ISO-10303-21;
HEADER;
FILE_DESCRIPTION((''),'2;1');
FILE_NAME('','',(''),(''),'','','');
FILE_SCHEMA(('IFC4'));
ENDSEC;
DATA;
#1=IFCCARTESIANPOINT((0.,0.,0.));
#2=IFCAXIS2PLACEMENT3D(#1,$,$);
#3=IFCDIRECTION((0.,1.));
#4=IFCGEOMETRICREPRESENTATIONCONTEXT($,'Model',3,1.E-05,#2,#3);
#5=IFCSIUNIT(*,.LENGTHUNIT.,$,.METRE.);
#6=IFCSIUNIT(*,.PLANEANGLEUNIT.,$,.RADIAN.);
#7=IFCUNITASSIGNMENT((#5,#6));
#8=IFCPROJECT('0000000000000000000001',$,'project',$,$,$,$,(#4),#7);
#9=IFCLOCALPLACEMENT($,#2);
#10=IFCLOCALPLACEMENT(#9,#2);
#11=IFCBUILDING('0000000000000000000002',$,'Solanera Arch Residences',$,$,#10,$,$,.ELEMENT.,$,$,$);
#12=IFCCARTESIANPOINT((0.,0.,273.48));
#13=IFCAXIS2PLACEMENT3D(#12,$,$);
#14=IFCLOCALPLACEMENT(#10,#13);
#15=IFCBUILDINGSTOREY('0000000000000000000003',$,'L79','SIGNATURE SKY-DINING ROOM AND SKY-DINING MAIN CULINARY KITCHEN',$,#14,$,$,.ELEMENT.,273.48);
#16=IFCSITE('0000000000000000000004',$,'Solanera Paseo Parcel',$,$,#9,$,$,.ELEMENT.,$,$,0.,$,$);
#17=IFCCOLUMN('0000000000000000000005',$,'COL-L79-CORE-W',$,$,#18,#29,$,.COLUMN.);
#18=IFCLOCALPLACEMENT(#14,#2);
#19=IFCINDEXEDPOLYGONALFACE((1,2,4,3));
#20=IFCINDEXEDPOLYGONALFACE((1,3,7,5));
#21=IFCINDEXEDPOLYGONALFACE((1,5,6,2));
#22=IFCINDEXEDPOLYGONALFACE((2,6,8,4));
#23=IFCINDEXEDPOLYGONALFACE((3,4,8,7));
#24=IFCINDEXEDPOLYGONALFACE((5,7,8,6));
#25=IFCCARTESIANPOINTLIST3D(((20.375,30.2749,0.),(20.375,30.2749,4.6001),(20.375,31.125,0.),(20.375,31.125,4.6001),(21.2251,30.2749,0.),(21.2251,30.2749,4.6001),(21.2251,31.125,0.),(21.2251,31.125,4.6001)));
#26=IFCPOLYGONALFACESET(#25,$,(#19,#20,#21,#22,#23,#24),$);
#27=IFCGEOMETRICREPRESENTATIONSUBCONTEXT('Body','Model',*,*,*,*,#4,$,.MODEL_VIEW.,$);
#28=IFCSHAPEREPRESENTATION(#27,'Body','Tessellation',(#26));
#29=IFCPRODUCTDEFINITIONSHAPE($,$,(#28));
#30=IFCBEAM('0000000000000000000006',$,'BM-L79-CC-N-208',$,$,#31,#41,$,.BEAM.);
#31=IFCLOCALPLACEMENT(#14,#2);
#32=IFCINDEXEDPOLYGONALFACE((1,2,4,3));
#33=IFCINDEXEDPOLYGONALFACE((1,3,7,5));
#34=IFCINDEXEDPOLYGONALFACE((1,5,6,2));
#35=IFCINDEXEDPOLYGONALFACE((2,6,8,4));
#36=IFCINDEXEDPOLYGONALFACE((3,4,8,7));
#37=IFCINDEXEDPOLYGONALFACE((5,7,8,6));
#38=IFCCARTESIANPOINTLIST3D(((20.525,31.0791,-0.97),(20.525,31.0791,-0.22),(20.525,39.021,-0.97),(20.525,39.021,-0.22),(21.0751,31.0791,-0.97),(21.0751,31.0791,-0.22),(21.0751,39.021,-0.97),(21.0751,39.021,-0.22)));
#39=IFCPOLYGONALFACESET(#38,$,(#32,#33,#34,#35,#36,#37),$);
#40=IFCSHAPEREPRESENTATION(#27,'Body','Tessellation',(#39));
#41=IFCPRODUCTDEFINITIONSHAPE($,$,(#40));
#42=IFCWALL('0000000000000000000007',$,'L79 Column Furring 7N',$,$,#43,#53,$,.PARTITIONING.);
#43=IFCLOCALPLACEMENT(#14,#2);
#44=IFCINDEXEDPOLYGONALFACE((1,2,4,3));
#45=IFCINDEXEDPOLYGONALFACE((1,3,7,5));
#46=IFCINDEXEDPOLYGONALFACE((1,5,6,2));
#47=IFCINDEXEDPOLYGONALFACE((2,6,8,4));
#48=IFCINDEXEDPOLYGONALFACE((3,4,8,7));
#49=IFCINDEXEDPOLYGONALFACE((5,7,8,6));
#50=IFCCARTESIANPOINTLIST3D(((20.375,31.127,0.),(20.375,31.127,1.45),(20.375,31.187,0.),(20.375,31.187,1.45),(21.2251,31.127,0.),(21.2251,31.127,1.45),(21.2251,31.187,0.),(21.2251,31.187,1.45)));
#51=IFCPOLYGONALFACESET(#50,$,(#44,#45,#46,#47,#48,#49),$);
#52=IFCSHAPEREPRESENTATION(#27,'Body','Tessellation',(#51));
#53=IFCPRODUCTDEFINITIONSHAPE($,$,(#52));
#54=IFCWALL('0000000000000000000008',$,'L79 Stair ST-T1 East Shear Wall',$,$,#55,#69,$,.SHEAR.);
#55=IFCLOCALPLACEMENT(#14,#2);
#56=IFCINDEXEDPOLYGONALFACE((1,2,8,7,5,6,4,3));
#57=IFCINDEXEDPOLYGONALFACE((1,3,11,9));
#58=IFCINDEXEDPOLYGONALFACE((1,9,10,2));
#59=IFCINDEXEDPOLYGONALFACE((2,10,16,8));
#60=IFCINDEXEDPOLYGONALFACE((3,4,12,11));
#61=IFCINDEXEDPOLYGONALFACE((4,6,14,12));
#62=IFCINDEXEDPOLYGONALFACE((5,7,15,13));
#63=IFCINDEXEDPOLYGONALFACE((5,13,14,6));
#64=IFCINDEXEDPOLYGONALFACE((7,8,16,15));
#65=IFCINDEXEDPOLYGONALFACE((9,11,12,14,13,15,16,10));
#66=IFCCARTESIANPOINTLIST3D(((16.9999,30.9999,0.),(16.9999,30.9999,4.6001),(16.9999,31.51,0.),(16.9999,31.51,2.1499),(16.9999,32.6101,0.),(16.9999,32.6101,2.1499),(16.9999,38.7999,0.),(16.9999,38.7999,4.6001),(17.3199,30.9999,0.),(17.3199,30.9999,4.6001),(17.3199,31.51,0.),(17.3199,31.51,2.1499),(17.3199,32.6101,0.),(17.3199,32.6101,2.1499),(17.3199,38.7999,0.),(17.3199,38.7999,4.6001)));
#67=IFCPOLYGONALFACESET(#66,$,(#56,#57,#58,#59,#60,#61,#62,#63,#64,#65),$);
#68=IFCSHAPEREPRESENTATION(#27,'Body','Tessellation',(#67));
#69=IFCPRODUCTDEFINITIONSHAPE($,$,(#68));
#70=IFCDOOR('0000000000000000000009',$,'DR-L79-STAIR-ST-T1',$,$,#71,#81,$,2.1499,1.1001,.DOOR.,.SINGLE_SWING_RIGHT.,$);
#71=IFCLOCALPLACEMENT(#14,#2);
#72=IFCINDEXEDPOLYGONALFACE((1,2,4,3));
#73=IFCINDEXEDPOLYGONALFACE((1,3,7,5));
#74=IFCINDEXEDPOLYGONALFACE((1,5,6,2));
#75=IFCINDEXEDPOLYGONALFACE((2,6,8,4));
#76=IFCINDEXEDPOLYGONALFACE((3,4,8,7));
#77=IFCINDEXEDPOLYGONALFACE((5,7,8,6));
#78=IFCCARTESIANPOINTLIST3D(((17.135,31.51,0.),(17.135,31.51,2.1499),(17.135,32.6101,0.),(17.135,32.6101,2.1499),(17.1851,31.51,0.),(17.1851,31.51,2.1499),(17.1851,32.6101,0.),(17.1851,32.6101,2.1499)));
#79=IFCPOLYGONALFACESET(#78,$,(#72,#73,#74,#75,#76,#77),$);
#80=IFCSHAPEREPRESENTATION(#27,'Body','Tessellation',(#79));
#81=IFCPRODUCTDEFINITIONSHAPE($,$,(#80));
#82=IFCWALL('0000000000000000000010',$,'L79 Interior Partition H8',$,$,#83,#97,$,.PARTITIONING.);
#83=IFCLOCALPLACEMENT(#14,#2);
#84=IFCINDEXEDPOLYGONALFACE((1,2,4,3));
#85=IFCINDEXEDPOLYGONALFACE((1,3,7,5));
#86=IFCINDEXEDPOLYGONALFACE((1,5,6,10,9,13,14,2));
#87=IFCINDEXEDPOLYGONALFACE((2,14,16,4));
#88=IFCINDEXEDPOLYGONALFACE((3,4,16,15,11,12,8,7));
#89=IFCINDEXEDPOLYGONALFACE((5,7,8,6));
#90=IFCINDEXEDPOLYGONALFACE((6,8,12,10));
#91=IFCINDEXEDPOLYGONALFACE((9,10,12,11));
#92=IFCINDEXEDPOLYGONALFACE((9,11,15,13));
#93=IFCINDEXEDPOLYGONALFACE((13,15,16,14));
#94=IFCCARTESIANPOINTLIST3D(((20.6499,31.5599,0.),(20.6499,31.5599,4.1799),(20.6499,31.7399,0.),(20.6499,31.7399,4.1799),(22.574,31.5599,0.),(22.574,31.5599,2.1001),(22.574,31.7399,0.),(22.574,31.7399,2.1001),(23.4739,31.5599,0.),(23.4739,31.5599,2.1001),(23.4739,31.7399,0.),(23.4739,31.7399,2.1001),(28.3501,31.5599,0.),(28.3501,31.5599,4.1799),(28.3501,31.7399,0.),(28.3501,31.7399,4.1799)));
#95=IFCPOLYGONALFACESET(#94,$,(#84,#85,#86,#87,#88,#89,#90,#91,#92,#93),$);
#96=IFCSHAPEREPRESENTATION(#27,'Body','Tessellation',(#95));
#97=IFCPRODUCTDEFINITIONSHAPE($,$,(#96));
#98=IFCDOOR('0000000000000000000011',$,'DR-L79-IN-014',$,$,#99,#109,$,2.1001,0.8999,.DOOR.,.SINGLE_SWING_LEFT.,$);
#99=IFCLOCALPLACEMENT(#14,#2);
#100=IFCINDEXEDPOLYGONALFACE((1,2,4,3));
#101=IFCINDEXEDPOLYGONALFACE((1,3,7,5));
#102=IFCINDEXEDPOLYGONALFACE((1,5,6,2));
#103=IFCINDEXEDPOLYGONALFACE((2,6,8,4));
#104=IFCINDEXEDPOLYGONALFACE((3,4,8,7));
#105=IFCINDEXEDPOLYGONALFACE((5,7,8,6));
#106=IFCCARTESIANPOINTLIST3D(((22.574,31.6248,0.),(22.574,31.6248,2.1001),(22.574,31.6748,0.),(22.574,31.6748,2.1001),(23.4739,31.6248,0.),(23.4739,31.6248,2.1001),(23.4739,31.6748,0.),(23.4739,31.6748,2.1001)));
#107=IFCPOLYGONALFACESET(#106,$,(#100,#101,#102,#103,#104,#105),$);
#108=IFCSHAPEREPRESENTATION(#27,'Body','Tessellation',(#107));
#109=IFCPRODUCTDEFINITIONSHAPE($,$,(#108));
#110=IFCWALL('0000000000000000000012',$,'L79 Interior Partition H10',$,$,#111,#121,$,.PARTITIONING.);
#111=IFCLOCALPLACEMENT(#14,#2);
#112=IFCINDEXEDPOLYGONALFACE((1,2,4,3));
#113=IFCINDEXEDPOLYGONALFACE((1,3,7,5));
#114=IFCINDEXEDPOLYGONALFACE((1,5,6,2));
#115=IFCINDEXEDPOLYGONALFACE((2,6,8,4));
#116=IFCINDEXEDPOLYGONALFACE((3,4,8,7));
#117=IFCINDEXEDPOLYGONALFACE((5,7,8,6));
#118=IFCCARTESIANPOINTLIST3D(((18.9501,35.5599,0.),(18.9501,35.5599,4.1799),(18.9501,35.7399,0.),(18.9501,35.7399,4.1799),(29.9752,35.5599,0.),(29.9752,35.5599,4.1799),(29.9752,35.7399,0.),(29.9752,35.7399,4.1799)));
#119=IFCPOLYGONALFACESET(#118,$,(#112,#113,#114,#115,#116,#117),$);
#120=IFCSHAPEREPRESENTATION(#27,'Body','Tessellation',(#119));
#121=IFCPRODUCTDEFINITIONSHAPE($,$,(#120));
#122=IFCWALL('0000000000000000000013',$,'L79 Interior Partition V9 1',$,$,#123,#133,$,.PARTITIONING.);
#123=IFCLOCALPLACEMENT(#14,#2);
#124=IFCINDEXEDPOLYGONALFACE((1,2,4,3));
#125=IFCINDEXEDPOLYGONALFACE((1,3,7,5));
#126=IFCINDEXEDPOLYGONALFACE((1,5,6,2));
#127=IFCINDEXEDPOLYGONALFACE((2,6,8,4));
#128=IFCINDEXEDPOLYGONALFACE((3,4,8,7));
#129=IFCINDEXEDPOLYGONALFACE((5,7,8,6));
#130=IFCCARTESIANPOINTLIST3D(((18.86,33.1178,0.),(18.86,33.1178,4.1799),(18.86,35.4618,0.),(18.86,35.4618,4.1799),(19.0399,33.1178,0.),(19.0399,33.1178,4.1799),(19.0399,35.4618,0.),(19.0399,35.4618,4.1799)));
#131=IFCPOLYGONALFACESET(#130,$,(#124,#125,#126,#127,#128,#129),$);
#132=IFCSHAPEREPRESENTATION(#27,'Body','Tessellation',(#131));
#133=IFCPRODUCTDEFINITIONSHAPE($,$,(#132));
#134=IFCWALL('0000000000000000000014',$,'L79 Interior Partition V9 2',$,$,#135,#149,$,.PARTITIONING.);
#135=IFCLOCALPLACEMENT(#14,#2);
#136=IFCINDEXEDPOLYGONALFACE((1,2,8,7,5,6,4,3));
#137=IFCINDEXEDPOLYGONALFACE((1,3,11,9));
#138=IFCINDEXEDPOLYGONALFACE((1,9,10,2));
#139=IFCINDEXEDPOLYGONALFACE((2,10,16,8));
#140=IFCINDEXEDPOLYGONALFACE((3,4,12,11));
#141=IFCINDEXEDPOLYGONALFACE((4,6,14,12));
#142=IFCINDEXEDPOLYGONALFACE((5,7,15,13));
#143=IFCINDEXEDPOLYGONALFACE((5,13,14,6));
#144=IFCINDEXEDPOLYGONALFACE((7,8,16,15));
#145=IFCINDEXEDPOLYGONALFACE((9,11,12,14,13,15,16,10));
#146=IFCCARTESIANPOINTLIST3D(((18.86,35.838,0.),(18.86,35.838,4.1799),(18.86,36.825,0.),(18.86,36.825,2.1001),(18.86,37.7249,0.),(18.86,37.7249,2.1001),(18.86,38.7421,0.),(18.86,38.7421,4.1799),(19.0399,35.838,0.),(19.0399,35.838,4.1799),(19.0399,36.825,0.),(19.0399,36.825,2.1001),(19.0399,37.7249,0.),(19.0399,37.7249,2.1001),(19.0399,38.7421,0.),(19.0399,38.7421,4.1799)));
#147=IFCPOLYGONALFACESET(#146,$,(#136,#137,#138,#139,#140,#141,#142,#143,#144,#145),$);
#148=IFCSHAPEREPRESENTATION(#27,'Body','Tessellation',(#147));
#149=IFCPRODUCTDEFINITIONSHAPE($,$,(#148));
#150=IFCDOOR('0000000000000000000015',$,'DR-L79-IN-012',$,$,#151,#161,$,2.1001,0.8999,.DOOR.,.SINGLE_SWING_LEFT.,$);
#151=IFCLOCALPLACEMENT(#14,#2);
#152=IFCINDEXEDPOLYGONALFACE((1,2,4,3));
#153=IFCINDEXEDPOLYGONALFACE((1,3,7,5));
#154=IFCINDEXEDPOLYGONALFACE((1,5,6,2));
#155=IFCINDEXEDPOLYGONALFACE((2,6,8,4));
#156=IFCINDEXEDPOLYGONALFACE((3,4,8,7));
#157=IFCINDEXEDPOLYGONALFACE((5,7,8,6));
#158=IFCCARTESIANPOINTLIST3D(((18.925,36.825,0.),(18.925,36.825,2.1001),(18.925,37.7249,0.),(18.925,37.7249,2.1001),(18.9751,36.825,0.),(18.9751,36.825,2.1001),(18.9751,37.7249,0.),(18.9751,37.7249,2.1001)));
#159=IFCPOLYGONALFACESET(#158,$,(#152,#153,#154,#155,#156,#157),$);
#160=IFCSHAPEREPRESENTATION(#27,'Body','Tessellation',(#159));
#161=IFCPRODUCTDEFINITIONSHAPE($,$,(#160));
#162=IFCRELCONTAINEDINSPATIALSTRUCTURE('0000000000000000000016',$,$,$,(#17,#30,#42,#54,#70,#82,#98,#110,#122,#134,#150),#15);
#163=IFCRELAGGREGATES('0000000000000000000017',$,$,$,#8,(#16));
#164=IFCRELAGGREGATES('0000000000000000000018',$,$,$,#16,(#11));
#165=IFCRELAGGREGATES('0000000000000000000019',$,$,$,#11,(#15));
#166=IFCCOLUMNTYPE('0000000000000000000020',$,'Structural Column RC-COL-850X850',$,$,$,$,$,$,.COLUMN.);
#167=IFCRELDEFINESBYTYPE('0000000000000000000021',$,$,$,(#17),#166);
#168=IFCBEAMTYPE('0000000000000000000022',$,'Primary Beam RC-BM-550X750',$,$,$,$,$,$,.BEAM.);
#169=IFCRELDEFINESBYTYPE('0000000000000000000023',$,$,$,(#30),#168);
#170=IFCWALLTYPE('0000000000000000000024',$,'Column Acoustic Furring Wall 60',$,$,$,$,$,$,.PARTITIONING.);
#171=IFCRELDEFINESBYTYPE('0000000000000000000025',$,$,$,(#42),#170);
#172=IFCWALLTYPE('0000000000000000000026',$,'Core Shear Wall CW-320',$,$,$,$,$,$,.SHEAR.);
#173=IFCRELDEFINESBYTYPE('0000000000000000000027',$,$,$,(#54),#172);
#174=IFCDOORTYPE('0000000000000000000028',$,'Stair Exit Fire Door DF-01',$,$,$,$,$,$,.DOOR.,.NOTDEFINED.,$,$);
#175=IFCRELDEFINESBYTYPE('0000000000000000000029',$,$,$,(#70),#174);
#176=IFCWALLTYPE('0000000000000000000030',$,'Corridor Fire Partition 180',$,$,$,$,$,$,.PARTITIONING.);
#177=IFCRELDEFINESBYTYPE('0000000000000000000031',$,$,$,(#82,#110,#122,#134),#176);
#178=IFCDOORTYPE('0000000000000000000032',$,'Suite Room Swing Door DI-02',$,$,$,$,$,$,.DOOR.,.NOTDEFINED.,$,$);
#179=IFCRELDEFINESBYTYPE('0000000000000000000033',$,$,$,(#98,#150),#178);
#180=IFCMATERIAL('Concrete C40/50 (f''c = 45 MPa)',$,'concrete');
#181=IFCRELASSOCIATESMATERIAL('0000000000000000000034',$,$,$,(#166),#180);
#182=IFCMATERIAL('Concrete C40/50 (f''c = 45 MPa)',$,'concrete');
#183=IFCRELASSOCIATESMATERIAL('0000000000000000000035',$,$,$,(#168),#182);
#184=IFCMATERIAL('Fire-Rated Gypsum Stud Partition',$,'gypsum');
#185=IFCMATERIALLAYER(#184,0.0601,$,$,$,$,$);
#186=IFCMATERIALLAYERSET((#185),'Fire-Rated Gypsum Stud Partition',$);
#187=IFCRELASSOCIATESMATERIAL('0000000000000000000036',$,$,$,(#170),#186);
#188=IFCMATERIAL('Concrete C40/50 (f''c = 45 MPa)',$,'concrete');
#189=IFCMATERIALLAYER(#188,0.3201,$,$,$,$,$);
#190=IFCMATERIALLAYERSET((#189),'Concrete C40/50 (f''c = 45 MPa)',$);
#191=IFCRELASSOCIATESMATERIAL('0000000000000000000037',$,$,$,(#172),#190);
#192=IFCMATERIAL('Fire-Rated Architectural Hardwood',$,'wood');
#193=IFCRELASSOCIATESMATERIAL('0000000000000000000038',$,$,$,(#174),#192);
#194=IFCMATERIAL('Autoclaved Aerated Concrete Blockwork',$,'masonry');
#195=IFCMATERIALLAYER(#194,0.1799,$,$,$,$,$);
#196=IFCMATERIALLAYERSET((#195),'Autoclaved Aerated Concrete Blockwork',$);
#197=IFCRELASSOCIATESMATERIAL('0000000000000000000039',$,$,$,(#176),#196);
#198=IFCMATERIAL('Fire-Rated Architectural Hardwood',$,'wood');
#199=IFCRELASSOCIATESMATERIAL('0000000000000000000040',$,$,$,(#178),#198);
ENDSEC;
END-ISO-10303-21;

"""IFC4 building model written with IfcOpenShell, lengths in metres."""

from ifc_helpers import new_model, si_unit, direction, frame, frame_2d, origin, origin_2d, place, context, subcontext, project, spatial, rectangle, extrude, material, layer, layer_set, material_profile, profile_set, type_object, element, fill, save


model = new_model("IFC4")

# Units and contexts
model_context = context("Model", 3, precision=1e-05, world=origin(), true_north=direction((0.0, 1.0)))
body_context = subcontext(model_context, "Body", "Model", "MODEL_VIEW")
ifc_project = project(units=[si_unit("LENGTHUNIT", "METRE"), si_unit("PLANEANGLEUNIT", "RADIAN")], contexts=[model_context])

# Site, building, storey
site_placement = place(None, origin())
site = spatial("IfcSite", under=ifc_project, at=site_placement, Name="Solanera Paseo Parcel", CompositionType="ELEMENT", RefElevation=0.0)
building_placement = place(site_placement, origin())
building = spatial("IfcBuilding", under=site, at=building_placement, Name="Solanera Arch Residences", CompositionType="ELEMENT")
storey_placement = place(building_placement, frame((0.0, 0.0, 273.48)))
storey = spatial("IfcBuildingStorey", under=building, at=storey_placement, Name="L79", Description="SIGNATURE SKY-DINING ROOM AND SKY-DINING MAIN CULINARY KITCHEN", CompositionType="ELEMENT", Elevation=273.48)

# Column
ifc_material_1 = material(Name="Concrete C40/50 (f'c = 45 MPa)", Category="concrete")
ifc_material_profile_1 = material_profile(ifc_material_1, rectangle(XDim=0.8501, YDim=0.8501, at=origin_2d()))
ifc_profile_set_1 = profile_set([ifc_material_profile_1], Name="Concrete C40/50 (f'c = 45 MPa)")
column_type = type_object("IfcColumnType", Name="Structural Column RC-COL-850X850", PredefinedType="COLUMN", material=ifc_profile_set_1)
column_placement = place(storey_placement, frame((20.8, 30.7, 0.0), z_axis=(0.0, 0.0, 1.0), x_axis=(1.0, 0.0, 0.0)))
element("IfcColumn", 1, at=column_placement, inside=storey, type_object=column_type, Name="COL-L79-CORE-W", PredefinedType="COLUMN", context=body_context, shape_type="SweptSolid", body=[
    extrude(rectangle(XDim=0.8501, YDim=0.8501, at=origin_2d()), origin(), (0.0, 0.0, 1.0), 4.6001),
])

# Beam
ifc_material_2 = material(Name="Concrete C40/50 (f'c = 45 MPa)", Category="concrete")
ifc_material_profile_2 = material_profile(ifc_material_2, rectangle(XDim=0.55, YDim=0.75, at=origin_2d()))
ifc_profile_set_2 = profile_set([ifc_material_profile_2], Name="Concrete C40/50 (f'c = 45 MPa)")
beam_type = type_object("IfcBeamType", Name="Primary Beam RC-BM-550X750", PredefinedType="BEAM", material=ifc_profile_set_2)
beam_placement = place(storey_placement, frame((20.8, 31.0791, -0.595), z_axis=(0.0, 1.0, 0.0), x_axis=(-1.0, 0.0, 0.0)))
element("IfcBeam", 2, at=beam_placement, inside=storey, type_object=beam_type, Name="BM-L79-CC-N-208", PredefinedType="BEAM", context=body_context, shape_type="SweptSolid", body=[
    extrude(rectangle(XDim=0.55, YDim=0.75, at=origin_2d()), origin(), (0.0, 0.0, 1.0), 7.9419),
])

# Wall
ifc_material_3 = material(Name="Fire-Rated Gypsum Stud Partition", Category="gypsum")
ifc_layer_1 = layer(ifc_material_3, 0.0601)
ifc_layer_set_1 = layer_set([ifc_layer_1], Name="Fire-Rated Gypsum Stud Partition")
wall_type_1 = type_object("IfcWallType", Name="Column Acoustic Furring Wall 60", PredefinedType="PARTITIONING", material=ifc_layer_set_1)
wall_1_placement = place(storey_placement, frame((20.375, 31.157, 0.0), z_axis=(0.0, 0.0, 1.0), x_axis=(1.0, 0.0, 0.0)))
element("IfcWall", 3, at=wall_1_placement, inside=storey, type_object=wall_type_1, Name="L79 Column Furring 7N", PredefinedType="PARTITIONING", context=body_context, shape_type="SweptSolid", body=[
    extrude(rectangle(XDim=0.8501, YDim=0.0601, at=frame_2d((0.425, 0.0))), origin(), (0.0, 0.0, 1.0), 1.45),
])

# Walls, openings, doors
ifc_material_4 = material(Name="Concrete C40/50 (f'c = 45 MPa)", Category="concrete")
ifc_layer_2 = layer(ifc_material_4, 0.3201)
ifc_layer_set_2 = layer_set([ifc_layer_2], Name="Concrete C40/50 (f'c = 45 MPa)")
wall_type_2 = type_object("IfcWallType", Name="Core Shear Wall CW-320", PredefinedType="SHEAR", material=ifc_layer_set_2)
wall_2_placement = place(storey_placement, frame((17.1599, 31.0, 0.0), z_axis=(0.0, 0.0, 1.0), x_axis=(0.0, 1.0, 0.0)))
wall_2 = element("IfcWall", 4, at=wall_2_placement, inside=storey, type_object=wall_type_2, Name="L79 Stair ST-T1 East Shear Wall", PredefinedType="SHEAR", context=body_context, shape_type="SweptSolid", body=[
    extrude(rectangle(XDim=7.8, YDim=0.3201, at=frame_2d((3.8999, 0.0))), origin(), (0.0, 0.0, 1.0), 4.6001),
])
opening_1_placement = place(wall_2_placement, frame((0.51, 0.0, 0.0)))
opening_1 = element("IfcOpeningElement", 5, at=opening_1_placement, cuts=wall_2, PredefinedType="OPENING", context=body_context, shape_type="SweptSolid", body=[
    extrude(rectangle(XDim=1.1001, YDim=2.1499, at=frame_2d((0.55, 1.075))), frame((0.0, 0.1699, 0.0), z_axis=(0.0, -1.0, 0.0), x_axis=(1.0, 0.0, 0.0)), (0.0, 0.0, 1.0), 0.3401),
])
ifc_material_5 = material(Name="Fire-Rated Architectural Hardwood", Category="wood")
door_type_1 = type_object("IfcDoorType", Name="Stair Exit Fire Door DF-01", OperationType="NOTDEFINED", PredefinedType="DOOR", material=ifc_material_5)
door_1_placement = place(opening_1_placement, origin())
door_1 = element("IfcDoor", 6, at=door_1_placement, inside=storey, type_object=door_type_1, Name="DR-L79-STAIR-ST-T1", OperationType="SINGLE_SWING_RIGHT", OverallHeight=2.1499, OverallWidth=1.1001, PredefinedType="DOOR", context=body_context, shape_type="SweptSolid", body=[
    extrude(rectangle(XDim=1.1001, YDim=2.1499, at=frame_2d((0.55, 1.075))), frame((0.0, 0.0249, 0.0), z_axis=(0.0, -1.0, 0.0), x_axis=(1.0, 0.0, 0.0)), (0.0, 0.0, 1.0), 0.05),
])
fill(opening_1, door_1)
ifc_material_6 = material(Name="Autoclaved Aerated Concrete Blockwork", Category="masonry")
ifc_layer_3 = layer(ifc_material_6, 0.1799)
ifc_layer_set_3 = layer_set([ifc_layer_3], Name="Autoclaved Aerated Concrete Blockwork")
wall_type_3 = type_object("IfcWallType", Name="Corridor Fire Partition 180", PredefinedType="PARTITIONING", material=ifc_layer_set_3)
wall_3_placement = place(storey_placement, frame((20.6499, 31.6499, 0.0), z_axis=(0.0, 0.0, 1.0), x_axis=(1.0, 0.0, 0.0)))
wall_3 = element("IfcWall", 7, at=wall_3_placement, inside=storey, type_object=wall_type_3, Name="L79 Interior Partition H8", PredefinedType="PARTITIONING", context=body_context, shape_type="SweptSolid", body=[
    extrude(rectangle(XDim=7.7002, YDim=0.1799, at=frame_2d((3.8501, 0.0))), origin(), (0.0, 0.0, 1.0), 4.1799),
])
opening_2_placement = place(wall_3_placement, frame((1.9241, 0.0, 0.0)))
opening_2 = element("IfcOpeningElement", 8, at=opening_2_placement, cuts=wall_3, PredefinedType="OPENING", context=body_context, shape_type="SweptSolid", body=[
    extrude(rectangle(XDim=0.8999, YDim=2.1001, at=frame_2d((0.45, 1.05))), frame((0.0, 0.1001, 0.0), z_axis=(0.0, -1.0, 0.0), x_axis=(1.0, 0.0, 0.0)), (0.0, 0.0, 1.0), 0.1999),
])
ifc_material_7 = material(Name="Fire-Rated Architectural Hardwood", Category="wood")
door_type_2 = type_object("IfcDoorType", Name="Suite Room Swing Door DI-02", OperationType="NOTDEFINED", PredefinedType="DOOR", material=ifc_material_7)
door_2_placement = place(opening_2_placement, origin())
door_2 = element("IfcDoor", 9, at=door_2_placement, inside=storey, type_object=door_type_2, Name="DR-L79-IN-014", OperationType="SINGLE_SWING_LEFT", OverallHeight=2.1001, OverallWidth=0.8999, PredefinedType="DOOR", context=body_context, shape_type="SweptSolid", body=[
    extrude(rectangle(XDim=0.8999, YDim=2.1001, at=frame_2d((0.45, 1.05))), frame((0.0, 0.0249, 0.0), z_axis=(0.0, -1.0, 0.0), x_axis=(1.0, 0.0, 0.0)), (0.0, 0.0, 1.0), 0.05),
])
fill(opening_2, door_2)

# Walls
wall_4_placement = place(storey_placement, frame((18.95, 35.6499, 0.0), z_axis=(0.0, 0.0, 1.0), x_axis=(1.0, 0.0, 0.0)))
element("IfcWall", 10, at=wall_4_placement, inside=storey, type_object=wall_type_3, Name="L79 Interior Partition H10", PredefinedType="PARTITIONING", context=body_context, shape_type="SweptSolid", body=[
    extrude(rectangle(XDim=11.0251, YDim=0.1799, at=frame_2d((5.5127, 0.0))), origin(), (0.0, 0.0, 1.0), 4.1799),
])
wall_5_placement = place(storey_placement, frame((18.95, 33.1179, 0.0), z_axis=(0.0, 0.0, 1.0), x_axis=(0.0, 1.0, 0.0)))
element("IfcWall", 11, at=wall_5_placement, inside=storey, type_object=wall_type_3, Name="L79 Interior Partition V9 1", PredefinedType="PARTITIONING", context=body_context, shape_type="SweptSolid", body=[
    extrude(rectangle(XDim=2.344, YDim=0.1799, at=frame_2d((1.1719, 0.0))), origin(), (0.0, 0.0, 1.0), 4.1799),
])

# Wall, opening, door
wall_6_placement = place(storey_placement, frame((18.95, 35.8379, 0.0), z_axis=(0.0, 0.0, 1.0), x_axis=(0.0, 1.0, 0.0)))
wall_6 = element("IfcWall", 12, at=wall_6_placement, inside=storey, type_object=wall_type_3, Name="L79 Interior Partition V9 2", PredefinedType="PARTITIONING", context=body_context, shape_type="SweptSolid", body=[
    extrude(rectangle(XDim=2.9041, YDim=0.1799, at=frame_2d((1.4521, 0.0))), origin(), (0.0, 0.0, 1.0), 4.1799),
])
opening_3_placement = place(wall_6_placement, frame((0.9871, 0.0, 0.0)))
opening_3 = element("IfcOpeningElement", 13, at=opening_3_placement, cuts=wall_6, PredefinedType="OPENING", context=body_context, shape_type="SweptSolid", body=[
    extrude(rectangle(XDim=0.8999, YDim=2.1001, at=frame_2d((0.45, 1.05))), frame((0.0, 0.1001, 0.0), z_axis=(0.0, -1.0, 0.0), x_axis=(1.0, 0.0, 0.0)), (0.0, 0.0, 1.0), 0.1999),
])
door_3_placement = place(opening_3_placement, origin())
door_3 = element("IfcDoor", 14, at=door_3_placement, inside=storey, type_object=door_type_2, Name="DR-L79-IN-012", OperationType="SINGLE_SWING_LEFT", OverallHeight=2.1001, OverallWidth=0.8999, PredefinedType="DOOR", context=body_context, shape_type="SweptSolid", body=[
    extrude(rectangle(XDim=0.8999, YDim=2.1001, at=frame_2d((0.45, 1.05))), frame((0.0, 0.0249, 0.0), z_axis=(0.0, -1.0, 0.0), x_axis=(1.0, 0.0, 0.0)), (0.0, 0.0, 1.0), 0.05),
])
fill(opening_3, door_3)

save(model, "model.ifc")
